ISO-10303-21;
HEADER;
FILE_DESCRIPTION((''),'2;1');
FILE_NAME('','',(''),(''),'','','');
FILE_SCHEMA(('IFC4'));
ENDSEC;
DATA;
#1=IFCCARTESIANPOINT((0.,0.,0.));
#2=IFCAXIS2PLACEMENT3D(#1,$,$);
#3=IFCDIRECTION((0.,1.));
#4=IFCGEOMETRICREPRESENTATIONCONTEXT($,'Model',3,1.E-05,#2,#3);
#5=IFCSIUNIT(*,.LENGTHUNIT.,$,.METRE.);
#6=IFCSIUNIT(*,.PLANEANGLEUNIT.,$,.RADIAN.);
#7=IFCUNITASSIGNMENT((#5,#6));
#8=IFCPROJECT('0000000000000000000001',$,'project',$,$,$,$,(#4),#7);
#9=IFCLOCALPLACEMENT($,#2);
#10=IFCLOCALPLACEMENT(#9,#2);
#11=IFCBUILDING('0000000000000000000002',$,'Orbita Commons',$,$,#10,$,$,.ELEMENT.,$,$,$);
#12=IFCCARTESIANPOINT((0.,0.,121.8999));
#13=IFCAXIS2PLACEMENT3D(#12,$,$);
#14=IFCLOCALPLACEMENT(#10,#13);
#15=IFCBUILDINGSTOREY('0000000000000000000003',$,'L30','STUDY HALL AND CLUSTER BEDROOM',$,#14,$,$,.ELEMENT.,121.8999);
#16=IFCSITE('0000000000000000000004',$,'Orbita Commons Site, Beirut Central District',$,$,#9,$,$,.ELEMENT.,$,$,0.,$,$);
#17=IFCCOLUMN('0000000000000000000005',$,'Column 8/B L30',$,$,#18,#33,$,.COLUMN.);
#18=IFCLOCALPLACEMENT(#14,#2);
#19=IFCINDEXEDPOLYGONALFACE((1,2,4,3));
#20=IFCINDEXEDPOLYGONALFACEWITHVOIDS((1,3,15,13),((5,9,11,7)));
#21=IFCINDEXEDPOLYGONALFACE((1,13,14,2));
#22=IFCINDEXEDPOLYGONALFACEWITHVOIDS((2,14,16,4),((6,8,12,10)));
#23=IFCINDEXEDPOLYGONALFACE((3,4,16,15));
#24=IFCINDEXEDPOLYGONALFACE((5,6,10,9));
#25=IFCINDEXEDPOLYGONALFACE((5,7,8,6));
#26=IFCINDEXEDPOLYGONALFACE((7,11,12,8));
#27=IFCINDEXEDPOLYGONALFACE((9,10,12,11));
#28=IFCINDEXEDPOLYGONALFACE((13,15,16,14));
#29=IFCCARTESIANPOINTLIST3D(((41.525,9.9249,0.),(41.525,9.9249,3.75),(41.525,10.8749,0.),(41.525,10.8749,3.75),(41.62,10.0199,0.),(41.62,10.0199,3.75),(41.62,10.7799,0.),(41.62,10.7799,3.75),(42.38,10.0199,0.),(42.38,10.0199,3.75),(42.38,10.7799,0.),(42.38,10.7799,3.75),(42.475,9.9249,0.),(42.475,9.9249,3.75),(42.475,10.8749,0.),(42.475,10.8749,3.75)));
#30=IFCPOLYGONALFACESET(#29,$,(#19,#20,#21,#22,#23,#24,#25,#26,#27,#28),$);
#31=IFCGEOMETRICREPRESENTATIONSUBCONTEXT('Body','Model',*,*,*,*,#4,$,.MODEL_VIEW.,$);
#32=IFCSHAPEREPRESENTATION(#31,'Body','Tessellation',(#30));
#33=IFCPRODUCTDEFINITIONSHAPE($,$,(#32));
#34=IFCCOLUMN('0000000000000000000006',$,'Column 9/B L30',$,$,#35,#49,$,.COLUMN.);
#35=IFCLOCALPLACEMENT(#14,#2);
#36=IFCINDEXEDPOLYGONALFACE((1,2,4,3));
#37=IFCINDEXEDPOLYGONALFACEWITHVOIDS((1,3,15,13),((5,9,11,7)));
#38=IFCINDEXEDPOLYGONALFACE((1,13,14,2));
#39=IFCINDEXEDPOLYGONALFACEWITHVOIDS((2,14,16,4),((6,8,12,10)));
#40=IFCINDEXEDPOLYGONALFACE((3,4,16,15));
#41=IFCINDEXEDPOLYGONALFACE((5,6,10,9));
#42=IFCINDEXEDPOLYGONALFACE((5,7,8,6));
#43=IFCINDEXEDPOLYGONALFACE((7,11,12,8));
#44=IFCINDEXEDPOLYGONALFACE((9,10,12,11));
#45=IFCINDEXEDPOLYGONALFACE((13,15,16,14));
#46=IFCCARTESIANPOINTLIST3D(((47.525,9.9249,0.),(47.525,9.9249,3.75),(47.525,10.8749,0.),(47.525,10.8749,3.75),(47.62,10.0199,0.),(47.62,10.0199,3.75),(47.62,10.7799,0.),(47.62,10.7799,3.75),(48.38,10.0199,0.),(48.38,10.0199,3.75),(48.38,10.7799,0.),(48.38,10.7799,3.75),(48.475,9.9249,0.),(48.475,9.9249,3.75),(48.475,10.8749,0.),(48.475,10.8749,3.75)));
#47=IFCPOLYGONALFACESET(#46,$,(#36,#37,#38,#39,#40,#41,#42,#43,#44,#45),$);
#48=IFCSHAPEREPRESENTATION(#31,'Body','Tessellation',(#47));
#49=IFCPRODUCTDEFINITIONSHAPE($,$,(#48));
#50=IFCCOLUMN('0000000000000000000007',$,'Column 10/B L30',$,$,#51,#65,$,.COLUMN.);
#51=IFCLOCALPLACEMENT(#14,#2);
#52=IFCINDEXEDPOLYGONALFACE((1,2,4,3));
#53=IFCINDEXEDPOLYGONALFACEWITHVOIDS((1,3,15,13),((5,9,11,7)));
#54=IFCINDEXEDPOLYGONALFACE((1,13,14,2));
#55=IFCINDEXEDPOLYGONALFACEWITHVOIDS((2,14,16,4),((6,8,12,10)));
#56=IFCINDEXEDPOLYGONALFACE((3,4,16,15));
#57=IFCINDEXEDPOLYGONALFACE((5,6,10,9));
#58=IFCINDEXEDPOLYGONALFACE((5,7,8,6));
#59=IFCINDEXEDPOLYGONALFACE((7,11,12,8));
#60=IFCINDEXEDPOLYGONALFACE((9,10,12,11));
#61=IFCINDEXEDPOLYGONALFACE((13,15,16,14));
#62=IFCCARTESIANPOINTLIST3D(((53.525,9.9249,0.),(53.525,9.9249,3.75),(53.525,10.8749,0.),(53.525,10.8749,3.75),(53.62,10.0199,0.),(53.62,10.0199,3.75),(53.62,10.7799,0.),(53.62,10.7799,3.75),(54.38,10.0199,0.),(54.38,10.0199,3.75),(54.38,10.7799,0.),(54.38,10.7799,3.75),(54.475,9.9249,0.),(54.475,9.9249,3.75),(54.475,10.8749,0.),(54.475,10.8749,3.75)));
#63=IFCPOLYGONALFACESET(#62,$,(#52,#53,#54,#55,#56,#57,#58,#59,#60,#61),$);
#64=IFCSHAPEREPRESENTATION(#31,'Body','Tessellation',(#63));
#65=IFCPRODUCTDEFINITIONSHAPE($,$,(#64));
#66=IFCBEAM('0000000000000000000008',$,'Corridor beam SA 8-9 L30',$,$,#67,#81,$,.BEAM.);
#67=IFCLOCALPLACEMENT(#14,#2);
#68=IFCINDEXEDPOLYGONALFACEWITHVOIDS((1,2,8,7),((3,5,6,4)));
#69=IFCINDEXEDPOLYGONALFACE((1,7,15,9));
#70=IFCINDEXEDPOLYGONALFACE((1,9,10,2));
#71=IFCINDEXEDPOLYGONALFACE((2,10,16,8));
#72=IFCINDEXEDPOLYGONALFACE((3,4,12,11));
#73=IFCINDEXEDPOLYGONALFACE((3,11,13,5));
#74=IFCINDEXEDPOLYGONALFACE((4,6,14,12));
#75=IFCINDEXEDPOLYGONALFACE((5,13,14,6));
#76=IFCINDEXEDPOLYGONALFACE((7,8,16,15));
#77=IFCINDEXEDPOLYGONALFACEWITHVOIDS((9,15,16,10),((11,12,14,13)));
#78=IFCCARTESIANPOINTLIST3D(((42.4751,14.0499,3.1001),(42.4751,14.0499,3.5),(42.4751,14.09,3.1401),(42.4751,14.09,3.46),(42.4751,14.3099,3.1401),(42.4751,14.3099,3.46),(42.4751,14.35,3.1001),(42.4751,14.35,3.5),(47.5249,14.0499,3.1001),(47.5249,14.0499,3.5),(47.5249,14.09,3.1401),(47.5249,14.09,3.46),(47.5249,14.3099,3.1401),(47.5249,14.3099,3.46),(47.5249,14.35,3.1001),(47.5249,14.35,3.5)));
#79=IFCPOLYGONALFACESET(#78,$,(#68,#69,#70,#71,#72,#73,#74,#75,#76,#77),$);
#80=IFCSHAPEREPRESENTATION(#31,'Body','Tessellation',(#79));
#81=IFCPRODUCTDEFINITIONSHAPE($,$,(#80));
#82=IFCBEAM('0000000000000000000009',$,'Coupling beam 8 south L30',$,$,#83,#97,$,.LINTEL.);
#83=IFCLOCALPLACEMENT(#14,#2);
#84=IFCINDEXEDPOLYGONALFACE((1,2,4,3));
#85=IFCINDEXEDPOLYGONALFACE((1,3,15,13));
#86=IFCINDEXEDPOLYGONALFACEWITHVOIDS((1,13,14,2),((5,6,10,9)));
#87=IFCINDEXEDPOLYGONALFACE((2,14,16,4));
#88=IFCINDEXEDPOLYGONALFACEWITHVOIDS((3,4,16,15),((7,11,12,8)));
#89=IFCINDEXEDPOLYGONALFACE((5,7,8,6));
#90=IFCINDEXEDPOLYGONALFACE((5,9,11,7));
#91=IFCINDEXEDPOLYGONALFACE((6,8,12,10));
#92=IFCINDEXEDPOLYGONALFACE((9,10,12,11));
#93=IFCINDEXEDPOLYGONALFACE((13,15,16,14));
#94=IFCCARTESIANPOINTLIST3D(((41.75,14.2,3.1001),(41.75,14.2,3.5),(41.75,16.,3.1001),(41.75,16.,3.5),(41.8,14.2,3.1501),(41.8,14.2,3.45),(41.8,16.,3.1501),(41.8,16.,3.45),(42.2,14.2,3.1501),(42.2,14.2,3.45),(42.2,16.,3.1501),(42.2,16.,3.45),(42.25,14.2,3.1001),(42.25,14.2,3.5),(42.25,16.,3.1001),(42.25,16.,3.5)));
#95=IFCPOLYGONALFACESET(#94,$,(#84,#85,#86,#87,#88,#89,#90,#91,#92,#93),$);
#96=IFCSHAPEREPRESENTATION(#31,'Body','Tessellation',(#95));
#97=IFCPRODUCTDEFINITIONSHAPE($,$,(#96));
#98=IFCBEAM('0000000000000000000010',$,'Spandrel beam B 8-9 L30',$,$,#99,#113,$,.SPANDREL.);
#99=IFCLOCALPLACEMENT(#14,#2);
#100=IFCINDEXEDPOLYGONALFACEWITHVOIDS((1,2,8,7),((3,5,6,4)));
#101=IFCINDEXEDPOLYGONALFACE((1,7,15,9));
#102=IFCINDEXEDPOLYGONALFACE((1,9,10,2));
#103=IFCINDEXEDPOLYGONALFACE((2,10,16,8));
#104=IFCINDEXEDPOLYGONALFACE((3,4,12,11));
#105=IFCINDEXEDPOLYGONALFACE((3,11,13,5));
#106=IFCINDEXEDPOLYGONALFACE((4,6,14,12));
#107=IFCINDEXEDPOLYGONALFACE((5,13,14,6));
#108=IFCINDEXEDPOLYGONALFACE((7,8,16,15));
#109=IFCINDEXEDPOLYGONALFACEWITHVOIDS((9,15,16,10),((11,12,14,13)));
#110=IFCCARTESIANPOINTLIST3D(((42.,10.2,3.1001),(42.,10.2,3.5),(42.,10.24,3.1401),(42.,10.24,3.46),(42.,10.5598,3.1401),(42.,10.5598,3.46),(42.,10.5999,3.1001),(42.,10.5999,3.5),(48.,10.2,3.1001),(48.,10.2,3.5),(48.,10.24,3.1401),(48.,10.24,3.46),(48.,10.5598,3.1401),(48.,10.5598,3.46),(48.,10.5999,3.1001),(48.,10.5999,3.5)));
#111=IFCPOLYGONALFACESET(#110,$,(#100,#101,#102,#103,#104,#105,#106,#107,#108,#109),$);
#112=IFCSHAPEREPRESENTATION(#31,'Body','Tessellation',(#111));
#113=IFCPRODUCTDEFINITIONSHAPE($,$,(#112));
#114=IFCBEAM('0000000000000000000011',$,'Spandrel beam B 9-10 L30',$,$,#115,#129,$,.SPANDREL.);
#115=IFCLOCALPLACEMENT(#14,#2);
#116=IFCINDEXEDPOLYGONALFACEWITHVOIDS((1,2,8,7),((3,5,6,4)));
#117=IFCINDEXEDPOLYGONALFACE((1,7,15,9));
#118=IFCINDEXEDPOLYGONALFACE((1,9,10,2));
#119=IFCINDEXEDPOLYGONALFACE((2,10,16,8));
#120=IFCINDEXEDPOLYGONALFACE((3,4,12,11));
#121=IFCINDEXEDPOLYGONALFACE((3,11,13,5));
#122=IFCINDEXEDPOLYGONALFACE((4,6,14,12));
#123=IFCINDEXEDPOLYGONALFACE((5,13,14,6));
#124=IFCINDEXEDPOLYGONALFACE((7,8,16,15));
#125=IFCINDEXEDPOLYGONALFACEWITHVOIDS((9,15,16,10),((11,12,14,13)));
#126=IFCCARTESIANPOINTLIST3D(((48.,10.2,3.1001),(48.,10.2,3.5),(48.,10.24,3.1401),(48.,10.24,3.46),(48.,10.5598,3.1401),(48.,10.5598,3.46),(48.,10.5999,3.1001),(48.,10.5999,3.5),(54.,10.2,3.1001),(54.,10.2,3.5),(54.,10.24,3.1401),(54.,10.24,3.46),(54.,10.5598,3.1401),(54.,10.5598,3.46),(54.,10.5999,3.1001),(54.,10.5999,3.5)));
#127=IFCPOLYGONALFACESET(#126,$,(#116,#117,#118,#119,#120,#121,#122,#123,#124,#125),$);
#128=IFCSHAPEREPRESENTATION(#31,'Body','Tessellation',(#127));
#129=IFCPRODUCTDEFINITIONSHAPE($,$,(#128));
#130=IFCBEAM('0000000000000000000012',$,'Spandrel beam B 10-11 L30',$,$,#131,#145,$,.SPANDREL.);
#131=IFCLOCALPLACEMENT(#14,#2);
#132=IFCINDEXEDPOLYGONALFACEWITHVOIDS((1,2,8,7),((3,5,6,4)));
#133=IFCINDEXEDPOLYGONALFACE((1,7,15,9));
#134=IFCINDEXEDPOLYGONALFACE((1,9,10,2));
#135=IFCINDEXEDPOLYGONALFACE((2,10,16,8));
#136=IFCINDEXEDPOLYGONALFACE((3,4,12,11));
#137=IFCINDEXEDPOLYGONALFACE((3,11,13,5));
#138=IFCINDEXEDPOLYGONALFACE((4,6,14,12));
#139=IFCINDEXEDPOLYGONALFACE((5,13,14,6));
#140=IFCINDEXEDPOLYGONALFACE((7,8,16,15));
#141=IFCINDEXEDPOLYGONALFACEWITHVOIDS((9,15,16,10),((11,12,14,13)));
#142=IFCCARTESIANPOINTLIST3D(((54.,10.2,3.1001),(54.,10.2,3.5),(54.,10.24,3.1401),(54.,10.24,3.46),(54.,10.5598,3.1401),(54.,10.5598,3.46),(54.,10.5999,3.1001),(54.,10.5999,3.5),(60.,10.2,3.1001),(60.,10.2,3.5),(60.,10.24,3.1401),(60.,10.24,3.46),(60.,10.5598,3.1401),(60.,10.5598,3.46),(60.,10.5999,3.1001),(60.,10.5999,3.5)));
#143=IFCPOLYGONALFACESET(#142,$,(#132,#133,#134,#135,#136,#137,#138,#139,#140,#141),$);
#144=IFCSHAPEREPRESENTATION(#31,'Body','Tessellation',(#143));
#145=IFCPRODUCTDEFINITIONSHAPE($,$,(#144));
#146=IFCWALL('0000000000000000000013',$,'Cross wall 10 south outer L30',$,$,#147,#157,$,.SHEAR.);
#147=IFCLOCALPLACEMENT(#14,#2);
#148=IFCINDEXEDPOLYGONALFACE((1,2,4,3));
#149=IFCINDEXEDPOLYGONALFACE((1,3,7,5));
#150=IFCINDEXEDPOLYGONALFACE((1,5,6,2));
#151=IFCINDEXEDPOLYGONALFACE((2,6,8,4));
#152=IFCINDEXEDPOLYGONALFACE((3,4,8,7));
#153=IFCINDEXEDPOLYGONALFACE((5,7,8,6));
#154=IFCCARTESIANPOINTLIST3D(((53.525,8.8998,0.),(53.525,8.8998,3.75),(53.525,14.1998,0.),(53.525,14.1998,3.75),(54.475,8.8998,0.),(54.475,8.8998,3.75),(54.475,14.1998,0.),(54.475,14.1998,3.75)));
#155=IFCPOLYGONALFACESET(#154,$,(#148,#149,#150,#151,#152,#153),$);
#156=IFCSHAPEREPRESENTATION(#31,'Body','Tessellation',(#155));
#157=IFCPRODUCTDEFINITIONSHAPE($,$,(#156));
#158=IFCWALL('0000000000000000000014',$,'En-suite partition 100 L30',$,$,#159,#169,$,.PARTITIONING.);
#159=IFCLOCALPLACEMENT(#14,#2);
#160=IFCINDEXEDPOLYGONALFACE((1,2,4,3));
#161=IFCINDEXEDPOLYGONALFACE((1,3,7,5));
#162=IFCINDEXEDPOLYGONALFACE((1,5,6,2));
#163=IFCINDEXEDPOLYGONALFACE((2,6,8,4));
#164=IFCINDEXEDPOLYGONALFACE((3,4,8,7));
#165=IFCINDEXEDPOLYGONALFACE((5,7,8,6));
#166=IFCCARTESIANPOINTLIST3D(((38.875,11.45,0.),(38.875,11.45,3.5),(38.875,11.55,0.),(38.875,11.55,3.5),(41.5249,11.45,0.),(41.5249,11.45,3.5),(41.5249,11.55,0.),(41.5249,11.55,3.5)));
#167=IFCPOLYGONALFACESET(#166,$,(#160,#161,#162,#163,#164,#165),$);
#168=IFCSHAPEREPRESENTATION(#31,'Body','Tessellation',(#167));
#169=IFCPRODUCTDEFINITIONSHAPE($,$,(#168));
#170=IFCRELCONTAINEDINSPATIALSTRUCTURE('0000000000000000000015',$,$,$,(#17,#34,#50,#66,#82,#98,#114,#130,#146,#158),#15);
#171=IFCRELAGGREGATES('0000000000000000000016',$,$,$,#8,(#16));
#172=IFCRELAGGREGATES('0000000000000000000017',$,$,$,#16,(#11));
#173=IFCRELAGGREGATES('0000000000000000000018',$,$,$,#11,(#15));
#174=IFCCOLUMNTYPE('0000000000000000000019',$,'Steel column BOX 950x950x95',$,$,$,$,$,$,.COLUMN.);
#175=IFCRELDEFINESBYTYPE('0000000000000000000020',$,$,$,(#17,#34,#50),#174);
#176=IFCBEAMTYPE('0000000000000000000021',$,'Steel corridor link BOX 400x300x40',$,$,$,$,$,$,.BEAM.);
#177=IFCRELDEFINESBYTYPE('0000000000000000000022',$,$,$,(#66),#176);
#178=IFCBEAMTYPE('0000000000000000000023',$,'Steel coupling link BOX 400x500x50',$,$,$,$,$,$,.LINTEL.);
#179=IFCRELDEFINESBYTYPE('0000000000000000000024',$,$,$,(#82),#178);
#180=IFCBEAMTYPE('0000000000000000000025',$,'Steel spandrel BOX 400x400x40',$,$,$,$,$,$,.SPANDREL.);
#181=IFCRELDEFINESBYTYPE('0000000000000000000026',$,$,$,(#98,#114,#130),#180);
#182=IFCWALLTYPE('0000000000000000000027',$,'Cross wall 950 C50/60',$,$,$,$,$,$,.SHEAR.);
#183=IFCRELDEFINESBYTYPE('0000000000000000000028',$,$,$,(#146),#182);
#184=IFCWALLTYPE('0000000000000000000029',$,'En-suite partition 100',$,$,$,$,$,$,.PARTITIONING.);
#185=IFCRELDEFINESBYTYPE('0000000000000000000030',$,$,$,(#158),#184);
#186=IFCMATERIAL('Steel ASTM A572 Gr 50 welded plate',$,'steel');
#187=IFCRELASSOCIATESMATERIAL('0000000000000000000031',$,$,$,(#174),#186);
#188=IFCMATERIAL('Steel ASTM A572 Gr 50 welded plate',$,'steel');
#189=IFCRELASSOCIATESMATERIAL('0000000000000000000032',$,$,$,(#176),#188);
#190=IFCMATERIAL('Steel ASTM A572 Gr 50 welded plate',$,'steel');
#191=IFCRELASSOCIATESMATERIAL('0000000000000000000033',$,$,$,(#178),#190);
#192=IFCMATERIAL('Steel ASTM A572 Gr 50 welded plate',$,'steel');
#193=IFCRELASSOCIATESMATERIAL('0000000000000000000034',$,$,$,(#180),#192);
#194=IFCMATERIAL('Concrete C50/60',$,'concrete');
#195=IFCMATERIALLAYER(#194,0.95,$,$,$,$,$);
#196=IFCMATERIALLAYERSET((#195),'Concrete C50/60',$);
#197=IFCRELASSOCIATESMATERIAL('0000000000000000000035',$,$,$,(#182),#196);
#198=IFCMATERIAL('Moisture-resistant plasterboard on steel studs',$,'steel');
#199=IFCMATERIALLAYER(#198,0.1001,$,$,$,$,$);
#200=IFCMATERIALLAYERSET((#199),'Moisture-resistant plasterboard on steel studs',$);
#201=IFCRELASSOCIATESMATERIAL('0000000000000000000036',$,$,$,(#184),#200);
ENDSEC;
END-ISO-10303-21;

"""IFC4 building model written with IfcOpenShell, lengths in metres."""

from ifc_helpers import new_model, si_unit, direction, frame, frame_2d, origin, origin_2d, place, context, subcontext, project, spatial, rectangle, hollow_rectangle, extrude, material, layer, layer_set, material_profile, profile_set, type_object, element, save


model = new_model("IFC4")

# Units and contexts
model_context = context("Model", 3, precision=1e-05, world=origin(), true_north=direction((0.0, 1.0)))
body_context = subcontext(model_context, "Body", "Model", "MODEL_VIEW")
ifc_project = project(units=[si_unit("LENGTHUNIT", "METRE"), si_unit("PLANEANGLEUNIT", "RADIAN")], contexts=[model_context])

# Site, building, storey
site_placement = place(None, origin())
site = spatial("IfcSite", under=ifc_project, at=site_placement, Name="Orbita Commons Site, Beirut Central District", CompositionType="ELEMENT", RefElevation=0.0)
building_placement = place(site_placement, origin())
building = spatial("IfcBuilding", under=site, at=building_placement, Name="Orbita Commons", CompositionType="ELEMENT")
storey_placement = place(building_placement, frame((0.0, 0.0, 121.8999)))
storey = spatial("IfcBuildingStorey", under=building, at=storey_placement, Name="L30", Description="STUDY HALL AND CLUSTER BEDROOM", CompositionType="ELEMENT", Elevation=121.8999)

# Columns
ifc_material_1 = material(Name="Steel ASTM A572 Gr 50 welded plate", Category="steel")
ifc_material_profile_1 = material_profile(ifc_material_1, hollow_rectangle(XDim=0.95, YDim=0.95, WallThickness=0.095, at=origin_2d()), Name="BOX 950x950x95")
ifc_profile_set_1 = profile_set([ifc_material_profile_1], Name="Steel ASTM A572 Gr 50 welded plate")
column_type = type_object("IfcColumnType", Name="Steel column BOX 950x950x95", PredefinedType="COLUMN", material=ifc_profile_set_1)
for number, where, z_axis, x_axis, name in (
    (1, (42.0, 10.3999, 0.0), (0.0, 0.0, 1.0), (1.0, 0.0, 0.0), "Column 8/B L30"),
    (2, (48.0, 10.3999, 0.0), (0.0, 0.0, 1.0), (1.0, 0.0, 0.0), "Column 9/B L30"),
    (3, (54.0, 10.3999, 0.0), (0.0, 0.0, 1.0), (1.0, 0.0, 0.0), "Column 10/B L30"),
):
    element("IfcColumn", number, at=place(storey_placement, frame(where, z_axis=z_axis, x_axis=x_axis)), inside=storey, type_object=column_type, Name=name, PredefinedType="COLUMN", context=body_context, shape_type="SweptSolid", body=[
        extrude(hollow_rectangle(XDim=0.95, YDim=0.95, WallThickness=0.095, at=origin_2d()), origin(), (0.0, 0.0, 1.0), 3.75),
    ])

# Beams
ifc_material_2 = material(Name="Steel ASTM A572 Gr 50 welded plate", Category="steel")
ifc_material_profile_2 = material_profile(ifc_material_2, hollow_rectangle(XDim=0.3, YDim=0.3999, WallThickness=0.04, at=origin_2d()), Name="BOX 400x300x40")
ifc_profile_set_2 = profile_set([ifc_material_profile_2], Name="Steel ASTM A572 Gr 50 welded plate")
beam_type_1 = type_object("IfcBeamType", Name="Steel corridor link BOX 400x300x40", PredefinedType="BEAM", material=ifc_profile_set_2)
beam_1_placement = place(storey_placement, frame((42.4751, 14.2, 3.3), z_axis=(1.0, 0.0, 0.0), x_axis=(0.0, 1.0, 0.0)))
element("IfcBeam", 4, at=beam_1_placement, inside=storey, type_object=beam_type_1, Name="Corridor beam SA 8-9 L30", PredefinedType="BEAM", context=body_context, shape_type="SweptSolid", body=[
    extrude(hollow_rectangle(XDim=0.3, YDim=0.3999, WallThickness=0.04, at=origin_2d()), origin(), (0.0, 0.0, 1.0), 5.0498),
])
ifc_material_3 = material(Name="Steel ASTM A572 Gr 50 welded plate", Category="steel")
ifc_material_profile_3 = material_profile(ifc_material_3, hollow_rectangle(XDim=0.5, YDim=0.3999, WallThickness=0.05, at=origin_2d()), Name="BOX 400x500x50")
ifc_profile_set_3 = profile_set([ifc_material_profile_3], Name="Steel ASTM A572 Gr 50 welded plate")
beam_type_2 = type_object("IfcBeamType", Name="Steel coupling link BOX 400x500x50", PredefinedType="LINTEL", material=ifc_profile_set_3)
beam_2_placement = place(storey_placement, frame((42.0, 14.2, 3.3), z_axis=(0.0, 1.0, 0.0), x_axis=(-1.0, 0.0, 0.0)))
element("IfcBeam", 5, at=beam_2_placement, inside=storey, type_object=beam_type_2, Name="Coupling beam 8 south L30", PredefinedType="LINTEL", context=body_context, shape_type="SweptSolid", body=[
    extrude(hollow_rectangle(XDim=0.5, YDim=0.3999, WallThickness=0.05, at=origin_2d()), origin(), (0.0, 0.0, 1.0), 1.8),
])
ifc_material_4 = material(Name="Steel ASTM A572 Gr 50 welded plate", Category="steel")
ifc_material_profile_4 = material_profile(ifc_material_4, hollow_rectangle(XDim=0.3999, YDim=0.3999, WallThickness=0.04, at=origin_2d()), Name="BOX 400x400x40")
ifc_profile_set_4 = profile_set([ifc_material_profile_4], Name="Steel ASTM A572 Gr 50 welded plate")
beam_type_3 = type_object("IfcBeamType", Name="Steel spandrel BOX 400x400x40", PredefinedType="SPANDREL", material=ifc_profile_set_4)
for number, where, z_axis, x_axis, name in (
    (6, (42.0, 10.3999, 3.3), (1.0, 0.0, 0.0), (0.0, 1.0, 0.0), "Spandrel beam B 8-9 L30"),
    (7, (48.0, 10.3999, 3.3), (1.0, 0.0, 0.0), (0.0, 1.0, 0.0), "Spandrel beam B 9-10 L30"),
    (8, (54.0, 10.3999, 3.3), (1.0, 0.0, 0.0), (0.0, 1.0, 0.0), "Spandrel beam B 10-11 L30"),
):
    element("IfcBeam", number, at=place(storey_placement, frame(where, z_axis=z_axis, x_axis=x_axis)), inside=storey, type_object=beam_type_3, Name=name, PredefinedType="SPANDREL", context=body_context, shape_type="SweptSolid", body=[
        extrude(hollow_rectangle(XDim=0.3999, YDim=0.3999, WallThickness=0.04, at=origin_2d()), origin(), (0.0, 0.0, 1.0), 6.0),
    ])

# Walls
ifc_material_5 = material(Name="Concrete C50/60", Category="concrete")
ifc_layer_1 = layer(ifc_material_5, 0.95)
ifc_layer_set_1 = layer_set([ifc_layer_1], Name="Concrete C50/60")
wall_type_1 = type_object("IfcWallType", Name="Cross wall 950 C50/60", PredefinedType="SHEAR", material=ifc_layer_set_1)
wall_1_placement = place(storey_placement, frame((54.0, 8.8999, 0.0), z_axis=(0.0, 0.0, 1.0), x_axis=(0.0, 1.0, 0.0)))
element("IfcWall", 9, at=wall_1_placement, inside=storey, type_object=wall_type_1, Name="Cross wall 10 south outer L30", PredefinedType="SHEAR", context=body_context, shape_type="SweptSolid", body=[
    extrude(rectangle(XDim=5.3, YDim=0.95, at=frame_2d((2.6499, 0.0))), origin(), (0.0, 0.0, 1.0), 3.75),
])
ifc_material_6 = material(Name="Moisture-resistant plasterboard on steel studs", Category="steel")
ifc_layer_2 = layer(ifc_material_6, 0.1001)
ifc_layer_set_2 = layer_set([ifc_layer_2], Name="Moisture-resistant plasterboard on steel studs")
wall_type_2 = type_object("IfcWallType", Name="En-suite partition 100", PredefinedType="PARTITIONING", material=ifc_layer_set_2)
wall_2_placement = place(storey_placement, frame((38.875, 11.5, 0.0), z_axis=(0.0, 0.0, 1.0), x_axis=(1.0, 0.0, 0.0)))
element("IfcWall", 10, at=wall_2_placement, inside=storey, type_object=wall_type_2, Name="En-suite partition 100 L30", PredefinedType="PARTITIONING", context=body_context, shape_type="SweptSolid", body=[
    extrude(rectangle(XDim=2.6499, YDim=0.1001, at=frame_2d((1.325, 0.0))), origin(), (0.0, 0.0, 1.0), 3.5),
])

save(model, "model.ifc")
